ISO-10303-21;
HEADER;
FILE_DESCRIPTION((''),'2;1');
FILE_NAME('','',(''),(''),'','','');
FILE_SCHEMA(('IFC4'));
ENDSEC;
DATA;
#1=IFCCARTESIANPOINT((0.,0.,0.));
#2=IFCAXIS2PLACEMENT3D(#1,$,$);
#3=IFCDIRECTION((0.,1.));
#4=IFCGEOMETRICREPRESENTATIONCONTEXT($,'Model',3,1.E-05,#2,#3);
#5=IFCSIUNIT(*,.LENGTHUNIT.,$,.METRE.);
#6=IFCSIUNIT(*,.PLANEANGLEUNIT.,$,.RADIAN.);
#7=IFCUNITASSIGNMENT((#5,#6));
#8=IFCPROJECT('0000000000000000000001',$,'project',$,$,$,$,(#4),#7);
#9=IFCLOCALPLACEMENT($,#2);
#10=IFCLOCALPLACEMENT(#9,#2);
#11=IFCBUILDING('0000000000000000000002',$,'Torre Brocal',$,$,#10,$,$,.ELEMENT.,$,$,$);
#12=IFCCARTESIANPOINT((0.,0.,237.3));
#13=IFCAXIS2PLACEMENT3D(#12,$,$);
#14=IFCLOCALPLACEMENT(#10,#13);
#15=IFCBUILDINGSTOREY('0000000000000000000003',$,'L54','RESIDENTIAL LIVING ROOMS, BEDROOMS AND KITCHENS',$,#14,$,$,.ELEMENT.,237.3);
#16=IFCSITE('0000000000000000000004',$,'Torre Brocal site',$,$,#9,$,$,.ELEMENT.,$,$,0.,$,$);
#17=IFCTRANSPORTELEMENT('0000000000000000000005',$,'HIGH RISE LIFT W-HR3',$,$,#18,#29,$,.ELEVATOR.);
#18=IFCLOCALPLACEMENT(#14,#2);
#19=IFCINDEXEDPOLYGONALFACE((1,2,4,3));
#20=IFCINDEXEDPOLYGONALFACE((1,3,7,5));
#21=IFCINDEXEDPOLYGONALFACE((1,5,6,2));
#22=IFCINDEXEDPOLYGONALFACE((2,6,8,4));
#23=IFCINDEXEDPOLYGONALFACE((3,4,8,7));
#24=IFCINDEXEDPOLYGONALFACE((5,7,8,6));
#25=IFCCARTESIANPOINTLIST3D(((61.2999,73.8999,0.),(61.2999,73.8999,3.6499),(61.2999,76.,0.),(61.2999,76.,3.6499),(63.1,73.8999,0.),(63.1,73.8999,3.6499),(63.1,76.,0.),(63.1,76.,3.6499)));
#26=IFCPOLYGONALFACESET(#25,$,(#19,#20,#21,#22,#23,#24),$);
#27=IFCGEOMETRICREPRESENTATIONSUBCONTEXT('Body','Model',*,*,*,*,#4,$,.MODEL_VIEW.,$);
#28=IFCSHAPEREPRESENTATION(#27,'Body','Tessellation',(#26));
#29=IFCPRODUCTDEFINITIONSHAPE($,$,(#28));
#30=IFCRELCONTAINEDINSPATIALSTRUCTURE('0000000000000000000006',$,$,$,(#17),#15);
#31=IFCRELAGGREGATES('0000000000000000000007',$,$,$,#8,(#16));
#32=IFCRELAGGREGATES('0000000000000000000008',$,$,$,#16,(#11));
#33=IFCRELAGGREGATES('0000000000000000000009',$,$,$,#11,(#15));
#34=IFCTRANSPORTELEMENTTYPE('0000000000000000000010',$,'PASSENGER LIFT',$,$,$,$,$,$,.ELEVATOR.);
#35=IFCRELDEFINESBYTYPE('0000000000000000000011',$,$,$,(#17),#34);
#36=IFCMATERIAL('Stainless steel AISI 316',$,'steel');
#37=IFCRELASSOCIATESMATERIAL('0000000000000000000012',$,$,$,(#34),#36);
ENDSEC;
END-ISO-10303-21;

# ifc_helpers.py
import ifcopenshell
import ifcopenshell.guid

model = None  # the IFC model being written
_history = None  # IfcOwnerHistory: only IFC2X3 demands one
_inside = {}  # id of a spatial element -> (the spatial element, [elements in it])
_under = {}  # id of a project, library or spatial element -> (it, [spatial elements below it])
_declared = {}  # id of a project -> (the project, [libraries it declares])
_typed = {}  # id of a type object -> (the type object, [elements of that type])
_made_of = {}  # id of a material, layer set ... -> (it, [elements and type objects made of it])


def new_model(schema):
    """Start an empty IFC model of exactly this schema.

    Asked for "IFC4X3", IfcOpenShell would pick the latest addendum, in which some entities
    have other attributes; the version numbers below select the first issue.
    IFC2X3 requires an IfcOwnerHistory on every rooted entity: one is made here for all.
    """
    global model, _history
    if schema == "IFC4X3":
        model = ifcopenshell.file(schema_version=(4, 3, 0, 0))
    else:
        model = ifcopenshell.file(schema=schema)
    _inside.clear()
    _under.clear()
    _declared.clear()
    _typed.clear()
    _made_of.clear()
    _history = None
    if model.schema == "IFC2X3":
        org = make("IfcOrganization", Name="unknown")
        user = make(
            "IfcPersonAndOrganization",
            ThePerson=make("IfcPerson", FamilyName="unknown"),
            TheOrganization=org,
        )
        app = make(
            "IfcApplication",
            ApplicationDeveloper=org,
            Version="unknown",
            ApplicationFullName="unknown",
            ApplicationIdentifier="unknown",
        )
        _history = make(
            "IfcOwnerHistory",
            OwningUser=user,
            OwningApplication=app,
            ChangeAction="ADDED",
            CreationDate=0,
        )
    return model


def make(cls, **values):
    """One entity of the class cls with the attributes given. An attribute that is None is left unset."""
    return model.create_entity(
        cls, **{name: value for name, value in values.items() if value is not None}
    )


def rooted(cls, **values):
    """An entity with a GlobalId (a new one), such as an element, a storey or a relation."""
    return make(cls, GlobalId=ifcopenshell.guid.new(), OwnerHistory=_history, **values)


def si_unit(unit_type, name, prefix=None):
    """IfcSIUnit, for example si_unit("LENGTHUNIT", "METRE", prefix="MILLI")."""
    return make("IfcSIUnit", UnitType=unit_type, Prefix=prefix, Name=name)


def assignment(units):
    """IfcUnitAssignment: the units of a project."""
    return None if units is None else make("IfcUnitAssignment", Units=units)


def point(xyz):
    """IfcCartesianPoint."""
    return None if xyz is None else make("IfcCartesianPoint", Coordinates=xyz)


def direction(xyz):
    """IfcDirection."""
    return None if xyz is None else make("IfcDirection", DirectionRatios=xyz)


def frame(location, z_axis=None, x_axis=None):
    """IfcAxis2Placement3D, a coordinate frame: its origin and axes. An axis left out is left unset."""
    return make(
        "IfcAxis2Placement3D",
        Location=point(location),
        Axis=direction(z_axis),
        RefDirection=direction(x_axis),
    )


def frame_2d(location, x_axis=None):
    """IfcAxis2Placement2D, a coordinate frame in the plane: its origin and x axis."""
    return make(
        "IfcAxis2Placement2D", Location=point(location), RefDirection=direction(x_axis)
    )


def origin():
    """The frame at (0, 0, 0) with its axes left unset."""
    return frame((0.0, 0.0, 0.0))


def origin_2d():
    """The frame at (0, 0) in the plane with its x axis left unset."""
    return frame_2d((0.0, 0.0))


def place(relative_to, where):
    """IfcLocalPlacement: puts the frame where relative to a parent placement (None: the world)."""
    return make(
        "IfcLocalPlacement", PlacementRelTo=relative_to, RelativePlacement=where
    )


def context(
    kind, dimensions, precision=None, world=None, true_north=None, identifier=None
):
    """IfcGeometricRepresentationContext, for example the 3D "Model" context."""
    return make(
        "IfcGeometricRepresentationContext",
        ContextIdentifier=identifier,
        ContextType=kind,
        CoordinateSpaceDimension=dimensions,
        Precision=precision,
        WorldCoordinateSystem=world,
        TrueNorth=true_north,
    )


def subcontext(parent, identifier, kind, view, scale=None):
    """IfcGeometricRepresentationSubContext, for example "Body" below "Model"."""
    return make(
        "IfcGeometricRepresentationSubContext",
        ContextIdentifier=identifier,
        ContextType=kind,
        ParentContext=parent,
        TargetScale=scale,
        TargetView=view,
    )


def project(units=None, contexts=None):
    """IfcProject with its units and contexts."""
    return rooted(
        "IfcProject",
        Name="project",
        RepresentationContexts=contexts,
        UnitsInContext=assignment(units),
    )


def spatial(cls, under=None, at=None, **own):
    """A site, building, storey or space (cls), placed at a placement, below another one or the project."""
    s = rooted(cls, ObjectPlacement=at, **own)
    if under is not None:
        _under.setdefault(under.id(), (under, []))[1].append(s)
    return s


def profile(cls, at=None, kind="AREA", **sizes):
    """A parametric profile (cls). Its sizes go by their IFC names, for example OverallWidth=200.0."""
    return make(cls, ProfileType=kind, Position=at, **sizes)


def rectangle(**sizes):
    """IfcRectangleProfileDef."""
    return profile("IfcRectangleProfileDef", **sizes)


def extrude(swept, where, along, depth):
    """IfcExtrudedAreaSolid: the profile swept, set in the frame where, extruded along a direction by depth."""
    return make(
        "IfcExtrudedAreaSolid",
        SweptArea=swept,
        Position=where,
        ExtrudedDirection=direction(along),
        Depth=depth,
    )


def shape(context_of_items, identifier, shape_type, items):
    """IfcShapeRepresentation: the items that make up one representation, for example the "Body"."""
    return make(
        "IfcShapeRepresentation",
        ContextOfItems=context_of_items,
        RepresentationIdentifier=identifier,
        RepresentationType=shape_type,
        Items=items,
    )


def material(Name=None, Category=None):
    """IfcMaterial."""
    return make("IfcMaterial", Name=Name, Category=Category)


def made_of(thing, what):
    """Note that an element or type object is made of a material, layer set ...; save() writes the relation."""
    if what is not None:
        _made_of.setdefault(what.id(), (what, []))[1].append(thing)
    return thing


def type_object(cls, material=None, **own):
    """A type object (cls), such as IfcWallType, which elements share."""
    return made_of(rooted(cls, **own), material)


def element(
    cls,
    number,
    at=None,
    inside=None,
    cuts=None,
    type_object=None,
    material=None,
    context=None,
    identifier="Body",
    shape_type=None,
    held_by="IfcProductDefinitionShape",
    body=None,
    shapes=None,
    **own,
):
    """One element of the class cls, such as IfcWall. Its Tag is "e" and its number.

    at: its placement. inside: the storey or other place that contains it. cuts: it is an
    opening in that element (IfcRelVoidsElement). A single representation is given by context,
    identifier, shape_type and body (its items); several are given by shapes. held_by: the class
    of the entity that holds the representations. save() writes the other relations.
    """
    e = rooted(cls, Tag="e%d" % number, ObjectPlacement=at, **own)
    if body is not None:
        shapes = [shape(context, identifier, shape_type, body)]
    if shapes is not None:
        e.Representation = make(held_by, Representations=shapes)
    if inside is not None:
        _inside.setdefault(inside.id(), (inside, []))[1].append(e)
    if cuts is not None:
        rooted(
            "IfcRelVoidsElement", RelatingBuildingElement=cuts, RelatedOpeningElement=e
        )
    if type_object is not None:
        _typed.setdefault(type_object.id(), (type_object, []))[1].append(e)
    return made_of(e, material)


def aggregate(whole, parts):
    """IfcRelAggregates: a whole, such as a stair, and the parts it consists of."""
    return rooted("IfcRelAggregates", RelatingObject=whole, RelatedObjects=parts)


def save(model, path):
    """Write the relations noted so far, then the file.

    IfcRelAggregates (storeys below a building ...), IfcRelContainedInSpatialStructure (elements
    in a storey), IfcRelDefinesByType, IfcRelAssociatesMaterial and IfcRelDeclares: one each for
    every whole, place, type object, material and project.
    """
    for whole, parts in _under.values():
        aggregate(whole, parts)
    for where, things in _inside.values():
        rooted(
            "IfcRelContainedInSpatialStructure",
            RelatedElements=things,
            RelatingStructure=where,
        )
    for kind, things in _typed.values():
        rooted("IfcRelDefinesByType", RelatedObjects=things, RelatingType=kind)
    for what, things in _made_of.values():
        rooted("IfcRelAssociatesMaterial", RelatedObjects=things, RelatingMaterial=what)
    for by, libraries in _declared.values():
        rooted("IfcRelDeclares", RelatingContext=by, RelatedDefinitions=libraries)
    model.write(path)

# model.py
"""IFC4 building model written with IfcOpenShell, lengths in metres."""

from ifc_helpers import new_model, si_unit, direction, frame, origin, origin_2d, place, context, subcontext, project, spatial, rectangle, extrude, material, type_object, element, save


model = new_model("IFC4")

# Units and contexts
model_context = context("Model", 3, precision=1e-05, world=origin(), true_north=direction((0.0, 1.0)))
body_context = subcontext(model_context, "Body", "Model", "MODEL_VIEW")
ifc_project = project(units=[si_unit("LENGTHUNIT", "METRE"), si_unit("PLANEANGLEUNIT", "RADIAN")], contexts=[model_context])

# Site, building, storey
site_placement = place(None, origin())
site = spatial("IfcSite", under=ifc_project, at=site_placement, Name="Torre Brocal site", CompositionType="ELEMENT", RefElevation=0.0)
building_placement = place(site_placement, origin())
building = spatial("IfcBuilding", under=site, at=building_placement, Name="Torre Brocal", CompositionType="ELEMENT")
storey_placement = place(building_placement, frame((0.0, 0.0, 237.3)))
storey = spatial("IfcBuildingStorey", under=building, at=storey_placement, Name="L54", Description="RESIDENTIAL LIVING ROOMS, BEDROOMS AND KITCHENS", CompositionType="ELEMENT", Elevation=237.3)

# Transport element
ifc_material_1 = material(Name="Stainless steel AISI 316", Category="steel")
transport_element_type = type_object("IfcTransportElementType", Name="PASSENGER LIFT", PredefinedType="ELEVATOR", material=ifc_material_1)
transport_element_placement = place(storey_placement, frame((62.2, 74.95, 0.0), z_axis=(0.0, 0.0, 1.0), x_axis=(1.0, 0.0, 0.0)))
element("IfcTransportElement", 1, at=transport_element_placement, inside=storey, type_object=transport_element_type, Name="HIGH RISE LIFT W-HR3", PredefinedType="ELEVATOR", context=body_context, shape_type="SweptSolid", body=[
    extrude(rectangle(XDim=1.8, YDim=2.1001, at=origin_2d()), origin(), (0.0, 0.0, 1.0), 3.6499),
])

save(model, "model.ifc")
